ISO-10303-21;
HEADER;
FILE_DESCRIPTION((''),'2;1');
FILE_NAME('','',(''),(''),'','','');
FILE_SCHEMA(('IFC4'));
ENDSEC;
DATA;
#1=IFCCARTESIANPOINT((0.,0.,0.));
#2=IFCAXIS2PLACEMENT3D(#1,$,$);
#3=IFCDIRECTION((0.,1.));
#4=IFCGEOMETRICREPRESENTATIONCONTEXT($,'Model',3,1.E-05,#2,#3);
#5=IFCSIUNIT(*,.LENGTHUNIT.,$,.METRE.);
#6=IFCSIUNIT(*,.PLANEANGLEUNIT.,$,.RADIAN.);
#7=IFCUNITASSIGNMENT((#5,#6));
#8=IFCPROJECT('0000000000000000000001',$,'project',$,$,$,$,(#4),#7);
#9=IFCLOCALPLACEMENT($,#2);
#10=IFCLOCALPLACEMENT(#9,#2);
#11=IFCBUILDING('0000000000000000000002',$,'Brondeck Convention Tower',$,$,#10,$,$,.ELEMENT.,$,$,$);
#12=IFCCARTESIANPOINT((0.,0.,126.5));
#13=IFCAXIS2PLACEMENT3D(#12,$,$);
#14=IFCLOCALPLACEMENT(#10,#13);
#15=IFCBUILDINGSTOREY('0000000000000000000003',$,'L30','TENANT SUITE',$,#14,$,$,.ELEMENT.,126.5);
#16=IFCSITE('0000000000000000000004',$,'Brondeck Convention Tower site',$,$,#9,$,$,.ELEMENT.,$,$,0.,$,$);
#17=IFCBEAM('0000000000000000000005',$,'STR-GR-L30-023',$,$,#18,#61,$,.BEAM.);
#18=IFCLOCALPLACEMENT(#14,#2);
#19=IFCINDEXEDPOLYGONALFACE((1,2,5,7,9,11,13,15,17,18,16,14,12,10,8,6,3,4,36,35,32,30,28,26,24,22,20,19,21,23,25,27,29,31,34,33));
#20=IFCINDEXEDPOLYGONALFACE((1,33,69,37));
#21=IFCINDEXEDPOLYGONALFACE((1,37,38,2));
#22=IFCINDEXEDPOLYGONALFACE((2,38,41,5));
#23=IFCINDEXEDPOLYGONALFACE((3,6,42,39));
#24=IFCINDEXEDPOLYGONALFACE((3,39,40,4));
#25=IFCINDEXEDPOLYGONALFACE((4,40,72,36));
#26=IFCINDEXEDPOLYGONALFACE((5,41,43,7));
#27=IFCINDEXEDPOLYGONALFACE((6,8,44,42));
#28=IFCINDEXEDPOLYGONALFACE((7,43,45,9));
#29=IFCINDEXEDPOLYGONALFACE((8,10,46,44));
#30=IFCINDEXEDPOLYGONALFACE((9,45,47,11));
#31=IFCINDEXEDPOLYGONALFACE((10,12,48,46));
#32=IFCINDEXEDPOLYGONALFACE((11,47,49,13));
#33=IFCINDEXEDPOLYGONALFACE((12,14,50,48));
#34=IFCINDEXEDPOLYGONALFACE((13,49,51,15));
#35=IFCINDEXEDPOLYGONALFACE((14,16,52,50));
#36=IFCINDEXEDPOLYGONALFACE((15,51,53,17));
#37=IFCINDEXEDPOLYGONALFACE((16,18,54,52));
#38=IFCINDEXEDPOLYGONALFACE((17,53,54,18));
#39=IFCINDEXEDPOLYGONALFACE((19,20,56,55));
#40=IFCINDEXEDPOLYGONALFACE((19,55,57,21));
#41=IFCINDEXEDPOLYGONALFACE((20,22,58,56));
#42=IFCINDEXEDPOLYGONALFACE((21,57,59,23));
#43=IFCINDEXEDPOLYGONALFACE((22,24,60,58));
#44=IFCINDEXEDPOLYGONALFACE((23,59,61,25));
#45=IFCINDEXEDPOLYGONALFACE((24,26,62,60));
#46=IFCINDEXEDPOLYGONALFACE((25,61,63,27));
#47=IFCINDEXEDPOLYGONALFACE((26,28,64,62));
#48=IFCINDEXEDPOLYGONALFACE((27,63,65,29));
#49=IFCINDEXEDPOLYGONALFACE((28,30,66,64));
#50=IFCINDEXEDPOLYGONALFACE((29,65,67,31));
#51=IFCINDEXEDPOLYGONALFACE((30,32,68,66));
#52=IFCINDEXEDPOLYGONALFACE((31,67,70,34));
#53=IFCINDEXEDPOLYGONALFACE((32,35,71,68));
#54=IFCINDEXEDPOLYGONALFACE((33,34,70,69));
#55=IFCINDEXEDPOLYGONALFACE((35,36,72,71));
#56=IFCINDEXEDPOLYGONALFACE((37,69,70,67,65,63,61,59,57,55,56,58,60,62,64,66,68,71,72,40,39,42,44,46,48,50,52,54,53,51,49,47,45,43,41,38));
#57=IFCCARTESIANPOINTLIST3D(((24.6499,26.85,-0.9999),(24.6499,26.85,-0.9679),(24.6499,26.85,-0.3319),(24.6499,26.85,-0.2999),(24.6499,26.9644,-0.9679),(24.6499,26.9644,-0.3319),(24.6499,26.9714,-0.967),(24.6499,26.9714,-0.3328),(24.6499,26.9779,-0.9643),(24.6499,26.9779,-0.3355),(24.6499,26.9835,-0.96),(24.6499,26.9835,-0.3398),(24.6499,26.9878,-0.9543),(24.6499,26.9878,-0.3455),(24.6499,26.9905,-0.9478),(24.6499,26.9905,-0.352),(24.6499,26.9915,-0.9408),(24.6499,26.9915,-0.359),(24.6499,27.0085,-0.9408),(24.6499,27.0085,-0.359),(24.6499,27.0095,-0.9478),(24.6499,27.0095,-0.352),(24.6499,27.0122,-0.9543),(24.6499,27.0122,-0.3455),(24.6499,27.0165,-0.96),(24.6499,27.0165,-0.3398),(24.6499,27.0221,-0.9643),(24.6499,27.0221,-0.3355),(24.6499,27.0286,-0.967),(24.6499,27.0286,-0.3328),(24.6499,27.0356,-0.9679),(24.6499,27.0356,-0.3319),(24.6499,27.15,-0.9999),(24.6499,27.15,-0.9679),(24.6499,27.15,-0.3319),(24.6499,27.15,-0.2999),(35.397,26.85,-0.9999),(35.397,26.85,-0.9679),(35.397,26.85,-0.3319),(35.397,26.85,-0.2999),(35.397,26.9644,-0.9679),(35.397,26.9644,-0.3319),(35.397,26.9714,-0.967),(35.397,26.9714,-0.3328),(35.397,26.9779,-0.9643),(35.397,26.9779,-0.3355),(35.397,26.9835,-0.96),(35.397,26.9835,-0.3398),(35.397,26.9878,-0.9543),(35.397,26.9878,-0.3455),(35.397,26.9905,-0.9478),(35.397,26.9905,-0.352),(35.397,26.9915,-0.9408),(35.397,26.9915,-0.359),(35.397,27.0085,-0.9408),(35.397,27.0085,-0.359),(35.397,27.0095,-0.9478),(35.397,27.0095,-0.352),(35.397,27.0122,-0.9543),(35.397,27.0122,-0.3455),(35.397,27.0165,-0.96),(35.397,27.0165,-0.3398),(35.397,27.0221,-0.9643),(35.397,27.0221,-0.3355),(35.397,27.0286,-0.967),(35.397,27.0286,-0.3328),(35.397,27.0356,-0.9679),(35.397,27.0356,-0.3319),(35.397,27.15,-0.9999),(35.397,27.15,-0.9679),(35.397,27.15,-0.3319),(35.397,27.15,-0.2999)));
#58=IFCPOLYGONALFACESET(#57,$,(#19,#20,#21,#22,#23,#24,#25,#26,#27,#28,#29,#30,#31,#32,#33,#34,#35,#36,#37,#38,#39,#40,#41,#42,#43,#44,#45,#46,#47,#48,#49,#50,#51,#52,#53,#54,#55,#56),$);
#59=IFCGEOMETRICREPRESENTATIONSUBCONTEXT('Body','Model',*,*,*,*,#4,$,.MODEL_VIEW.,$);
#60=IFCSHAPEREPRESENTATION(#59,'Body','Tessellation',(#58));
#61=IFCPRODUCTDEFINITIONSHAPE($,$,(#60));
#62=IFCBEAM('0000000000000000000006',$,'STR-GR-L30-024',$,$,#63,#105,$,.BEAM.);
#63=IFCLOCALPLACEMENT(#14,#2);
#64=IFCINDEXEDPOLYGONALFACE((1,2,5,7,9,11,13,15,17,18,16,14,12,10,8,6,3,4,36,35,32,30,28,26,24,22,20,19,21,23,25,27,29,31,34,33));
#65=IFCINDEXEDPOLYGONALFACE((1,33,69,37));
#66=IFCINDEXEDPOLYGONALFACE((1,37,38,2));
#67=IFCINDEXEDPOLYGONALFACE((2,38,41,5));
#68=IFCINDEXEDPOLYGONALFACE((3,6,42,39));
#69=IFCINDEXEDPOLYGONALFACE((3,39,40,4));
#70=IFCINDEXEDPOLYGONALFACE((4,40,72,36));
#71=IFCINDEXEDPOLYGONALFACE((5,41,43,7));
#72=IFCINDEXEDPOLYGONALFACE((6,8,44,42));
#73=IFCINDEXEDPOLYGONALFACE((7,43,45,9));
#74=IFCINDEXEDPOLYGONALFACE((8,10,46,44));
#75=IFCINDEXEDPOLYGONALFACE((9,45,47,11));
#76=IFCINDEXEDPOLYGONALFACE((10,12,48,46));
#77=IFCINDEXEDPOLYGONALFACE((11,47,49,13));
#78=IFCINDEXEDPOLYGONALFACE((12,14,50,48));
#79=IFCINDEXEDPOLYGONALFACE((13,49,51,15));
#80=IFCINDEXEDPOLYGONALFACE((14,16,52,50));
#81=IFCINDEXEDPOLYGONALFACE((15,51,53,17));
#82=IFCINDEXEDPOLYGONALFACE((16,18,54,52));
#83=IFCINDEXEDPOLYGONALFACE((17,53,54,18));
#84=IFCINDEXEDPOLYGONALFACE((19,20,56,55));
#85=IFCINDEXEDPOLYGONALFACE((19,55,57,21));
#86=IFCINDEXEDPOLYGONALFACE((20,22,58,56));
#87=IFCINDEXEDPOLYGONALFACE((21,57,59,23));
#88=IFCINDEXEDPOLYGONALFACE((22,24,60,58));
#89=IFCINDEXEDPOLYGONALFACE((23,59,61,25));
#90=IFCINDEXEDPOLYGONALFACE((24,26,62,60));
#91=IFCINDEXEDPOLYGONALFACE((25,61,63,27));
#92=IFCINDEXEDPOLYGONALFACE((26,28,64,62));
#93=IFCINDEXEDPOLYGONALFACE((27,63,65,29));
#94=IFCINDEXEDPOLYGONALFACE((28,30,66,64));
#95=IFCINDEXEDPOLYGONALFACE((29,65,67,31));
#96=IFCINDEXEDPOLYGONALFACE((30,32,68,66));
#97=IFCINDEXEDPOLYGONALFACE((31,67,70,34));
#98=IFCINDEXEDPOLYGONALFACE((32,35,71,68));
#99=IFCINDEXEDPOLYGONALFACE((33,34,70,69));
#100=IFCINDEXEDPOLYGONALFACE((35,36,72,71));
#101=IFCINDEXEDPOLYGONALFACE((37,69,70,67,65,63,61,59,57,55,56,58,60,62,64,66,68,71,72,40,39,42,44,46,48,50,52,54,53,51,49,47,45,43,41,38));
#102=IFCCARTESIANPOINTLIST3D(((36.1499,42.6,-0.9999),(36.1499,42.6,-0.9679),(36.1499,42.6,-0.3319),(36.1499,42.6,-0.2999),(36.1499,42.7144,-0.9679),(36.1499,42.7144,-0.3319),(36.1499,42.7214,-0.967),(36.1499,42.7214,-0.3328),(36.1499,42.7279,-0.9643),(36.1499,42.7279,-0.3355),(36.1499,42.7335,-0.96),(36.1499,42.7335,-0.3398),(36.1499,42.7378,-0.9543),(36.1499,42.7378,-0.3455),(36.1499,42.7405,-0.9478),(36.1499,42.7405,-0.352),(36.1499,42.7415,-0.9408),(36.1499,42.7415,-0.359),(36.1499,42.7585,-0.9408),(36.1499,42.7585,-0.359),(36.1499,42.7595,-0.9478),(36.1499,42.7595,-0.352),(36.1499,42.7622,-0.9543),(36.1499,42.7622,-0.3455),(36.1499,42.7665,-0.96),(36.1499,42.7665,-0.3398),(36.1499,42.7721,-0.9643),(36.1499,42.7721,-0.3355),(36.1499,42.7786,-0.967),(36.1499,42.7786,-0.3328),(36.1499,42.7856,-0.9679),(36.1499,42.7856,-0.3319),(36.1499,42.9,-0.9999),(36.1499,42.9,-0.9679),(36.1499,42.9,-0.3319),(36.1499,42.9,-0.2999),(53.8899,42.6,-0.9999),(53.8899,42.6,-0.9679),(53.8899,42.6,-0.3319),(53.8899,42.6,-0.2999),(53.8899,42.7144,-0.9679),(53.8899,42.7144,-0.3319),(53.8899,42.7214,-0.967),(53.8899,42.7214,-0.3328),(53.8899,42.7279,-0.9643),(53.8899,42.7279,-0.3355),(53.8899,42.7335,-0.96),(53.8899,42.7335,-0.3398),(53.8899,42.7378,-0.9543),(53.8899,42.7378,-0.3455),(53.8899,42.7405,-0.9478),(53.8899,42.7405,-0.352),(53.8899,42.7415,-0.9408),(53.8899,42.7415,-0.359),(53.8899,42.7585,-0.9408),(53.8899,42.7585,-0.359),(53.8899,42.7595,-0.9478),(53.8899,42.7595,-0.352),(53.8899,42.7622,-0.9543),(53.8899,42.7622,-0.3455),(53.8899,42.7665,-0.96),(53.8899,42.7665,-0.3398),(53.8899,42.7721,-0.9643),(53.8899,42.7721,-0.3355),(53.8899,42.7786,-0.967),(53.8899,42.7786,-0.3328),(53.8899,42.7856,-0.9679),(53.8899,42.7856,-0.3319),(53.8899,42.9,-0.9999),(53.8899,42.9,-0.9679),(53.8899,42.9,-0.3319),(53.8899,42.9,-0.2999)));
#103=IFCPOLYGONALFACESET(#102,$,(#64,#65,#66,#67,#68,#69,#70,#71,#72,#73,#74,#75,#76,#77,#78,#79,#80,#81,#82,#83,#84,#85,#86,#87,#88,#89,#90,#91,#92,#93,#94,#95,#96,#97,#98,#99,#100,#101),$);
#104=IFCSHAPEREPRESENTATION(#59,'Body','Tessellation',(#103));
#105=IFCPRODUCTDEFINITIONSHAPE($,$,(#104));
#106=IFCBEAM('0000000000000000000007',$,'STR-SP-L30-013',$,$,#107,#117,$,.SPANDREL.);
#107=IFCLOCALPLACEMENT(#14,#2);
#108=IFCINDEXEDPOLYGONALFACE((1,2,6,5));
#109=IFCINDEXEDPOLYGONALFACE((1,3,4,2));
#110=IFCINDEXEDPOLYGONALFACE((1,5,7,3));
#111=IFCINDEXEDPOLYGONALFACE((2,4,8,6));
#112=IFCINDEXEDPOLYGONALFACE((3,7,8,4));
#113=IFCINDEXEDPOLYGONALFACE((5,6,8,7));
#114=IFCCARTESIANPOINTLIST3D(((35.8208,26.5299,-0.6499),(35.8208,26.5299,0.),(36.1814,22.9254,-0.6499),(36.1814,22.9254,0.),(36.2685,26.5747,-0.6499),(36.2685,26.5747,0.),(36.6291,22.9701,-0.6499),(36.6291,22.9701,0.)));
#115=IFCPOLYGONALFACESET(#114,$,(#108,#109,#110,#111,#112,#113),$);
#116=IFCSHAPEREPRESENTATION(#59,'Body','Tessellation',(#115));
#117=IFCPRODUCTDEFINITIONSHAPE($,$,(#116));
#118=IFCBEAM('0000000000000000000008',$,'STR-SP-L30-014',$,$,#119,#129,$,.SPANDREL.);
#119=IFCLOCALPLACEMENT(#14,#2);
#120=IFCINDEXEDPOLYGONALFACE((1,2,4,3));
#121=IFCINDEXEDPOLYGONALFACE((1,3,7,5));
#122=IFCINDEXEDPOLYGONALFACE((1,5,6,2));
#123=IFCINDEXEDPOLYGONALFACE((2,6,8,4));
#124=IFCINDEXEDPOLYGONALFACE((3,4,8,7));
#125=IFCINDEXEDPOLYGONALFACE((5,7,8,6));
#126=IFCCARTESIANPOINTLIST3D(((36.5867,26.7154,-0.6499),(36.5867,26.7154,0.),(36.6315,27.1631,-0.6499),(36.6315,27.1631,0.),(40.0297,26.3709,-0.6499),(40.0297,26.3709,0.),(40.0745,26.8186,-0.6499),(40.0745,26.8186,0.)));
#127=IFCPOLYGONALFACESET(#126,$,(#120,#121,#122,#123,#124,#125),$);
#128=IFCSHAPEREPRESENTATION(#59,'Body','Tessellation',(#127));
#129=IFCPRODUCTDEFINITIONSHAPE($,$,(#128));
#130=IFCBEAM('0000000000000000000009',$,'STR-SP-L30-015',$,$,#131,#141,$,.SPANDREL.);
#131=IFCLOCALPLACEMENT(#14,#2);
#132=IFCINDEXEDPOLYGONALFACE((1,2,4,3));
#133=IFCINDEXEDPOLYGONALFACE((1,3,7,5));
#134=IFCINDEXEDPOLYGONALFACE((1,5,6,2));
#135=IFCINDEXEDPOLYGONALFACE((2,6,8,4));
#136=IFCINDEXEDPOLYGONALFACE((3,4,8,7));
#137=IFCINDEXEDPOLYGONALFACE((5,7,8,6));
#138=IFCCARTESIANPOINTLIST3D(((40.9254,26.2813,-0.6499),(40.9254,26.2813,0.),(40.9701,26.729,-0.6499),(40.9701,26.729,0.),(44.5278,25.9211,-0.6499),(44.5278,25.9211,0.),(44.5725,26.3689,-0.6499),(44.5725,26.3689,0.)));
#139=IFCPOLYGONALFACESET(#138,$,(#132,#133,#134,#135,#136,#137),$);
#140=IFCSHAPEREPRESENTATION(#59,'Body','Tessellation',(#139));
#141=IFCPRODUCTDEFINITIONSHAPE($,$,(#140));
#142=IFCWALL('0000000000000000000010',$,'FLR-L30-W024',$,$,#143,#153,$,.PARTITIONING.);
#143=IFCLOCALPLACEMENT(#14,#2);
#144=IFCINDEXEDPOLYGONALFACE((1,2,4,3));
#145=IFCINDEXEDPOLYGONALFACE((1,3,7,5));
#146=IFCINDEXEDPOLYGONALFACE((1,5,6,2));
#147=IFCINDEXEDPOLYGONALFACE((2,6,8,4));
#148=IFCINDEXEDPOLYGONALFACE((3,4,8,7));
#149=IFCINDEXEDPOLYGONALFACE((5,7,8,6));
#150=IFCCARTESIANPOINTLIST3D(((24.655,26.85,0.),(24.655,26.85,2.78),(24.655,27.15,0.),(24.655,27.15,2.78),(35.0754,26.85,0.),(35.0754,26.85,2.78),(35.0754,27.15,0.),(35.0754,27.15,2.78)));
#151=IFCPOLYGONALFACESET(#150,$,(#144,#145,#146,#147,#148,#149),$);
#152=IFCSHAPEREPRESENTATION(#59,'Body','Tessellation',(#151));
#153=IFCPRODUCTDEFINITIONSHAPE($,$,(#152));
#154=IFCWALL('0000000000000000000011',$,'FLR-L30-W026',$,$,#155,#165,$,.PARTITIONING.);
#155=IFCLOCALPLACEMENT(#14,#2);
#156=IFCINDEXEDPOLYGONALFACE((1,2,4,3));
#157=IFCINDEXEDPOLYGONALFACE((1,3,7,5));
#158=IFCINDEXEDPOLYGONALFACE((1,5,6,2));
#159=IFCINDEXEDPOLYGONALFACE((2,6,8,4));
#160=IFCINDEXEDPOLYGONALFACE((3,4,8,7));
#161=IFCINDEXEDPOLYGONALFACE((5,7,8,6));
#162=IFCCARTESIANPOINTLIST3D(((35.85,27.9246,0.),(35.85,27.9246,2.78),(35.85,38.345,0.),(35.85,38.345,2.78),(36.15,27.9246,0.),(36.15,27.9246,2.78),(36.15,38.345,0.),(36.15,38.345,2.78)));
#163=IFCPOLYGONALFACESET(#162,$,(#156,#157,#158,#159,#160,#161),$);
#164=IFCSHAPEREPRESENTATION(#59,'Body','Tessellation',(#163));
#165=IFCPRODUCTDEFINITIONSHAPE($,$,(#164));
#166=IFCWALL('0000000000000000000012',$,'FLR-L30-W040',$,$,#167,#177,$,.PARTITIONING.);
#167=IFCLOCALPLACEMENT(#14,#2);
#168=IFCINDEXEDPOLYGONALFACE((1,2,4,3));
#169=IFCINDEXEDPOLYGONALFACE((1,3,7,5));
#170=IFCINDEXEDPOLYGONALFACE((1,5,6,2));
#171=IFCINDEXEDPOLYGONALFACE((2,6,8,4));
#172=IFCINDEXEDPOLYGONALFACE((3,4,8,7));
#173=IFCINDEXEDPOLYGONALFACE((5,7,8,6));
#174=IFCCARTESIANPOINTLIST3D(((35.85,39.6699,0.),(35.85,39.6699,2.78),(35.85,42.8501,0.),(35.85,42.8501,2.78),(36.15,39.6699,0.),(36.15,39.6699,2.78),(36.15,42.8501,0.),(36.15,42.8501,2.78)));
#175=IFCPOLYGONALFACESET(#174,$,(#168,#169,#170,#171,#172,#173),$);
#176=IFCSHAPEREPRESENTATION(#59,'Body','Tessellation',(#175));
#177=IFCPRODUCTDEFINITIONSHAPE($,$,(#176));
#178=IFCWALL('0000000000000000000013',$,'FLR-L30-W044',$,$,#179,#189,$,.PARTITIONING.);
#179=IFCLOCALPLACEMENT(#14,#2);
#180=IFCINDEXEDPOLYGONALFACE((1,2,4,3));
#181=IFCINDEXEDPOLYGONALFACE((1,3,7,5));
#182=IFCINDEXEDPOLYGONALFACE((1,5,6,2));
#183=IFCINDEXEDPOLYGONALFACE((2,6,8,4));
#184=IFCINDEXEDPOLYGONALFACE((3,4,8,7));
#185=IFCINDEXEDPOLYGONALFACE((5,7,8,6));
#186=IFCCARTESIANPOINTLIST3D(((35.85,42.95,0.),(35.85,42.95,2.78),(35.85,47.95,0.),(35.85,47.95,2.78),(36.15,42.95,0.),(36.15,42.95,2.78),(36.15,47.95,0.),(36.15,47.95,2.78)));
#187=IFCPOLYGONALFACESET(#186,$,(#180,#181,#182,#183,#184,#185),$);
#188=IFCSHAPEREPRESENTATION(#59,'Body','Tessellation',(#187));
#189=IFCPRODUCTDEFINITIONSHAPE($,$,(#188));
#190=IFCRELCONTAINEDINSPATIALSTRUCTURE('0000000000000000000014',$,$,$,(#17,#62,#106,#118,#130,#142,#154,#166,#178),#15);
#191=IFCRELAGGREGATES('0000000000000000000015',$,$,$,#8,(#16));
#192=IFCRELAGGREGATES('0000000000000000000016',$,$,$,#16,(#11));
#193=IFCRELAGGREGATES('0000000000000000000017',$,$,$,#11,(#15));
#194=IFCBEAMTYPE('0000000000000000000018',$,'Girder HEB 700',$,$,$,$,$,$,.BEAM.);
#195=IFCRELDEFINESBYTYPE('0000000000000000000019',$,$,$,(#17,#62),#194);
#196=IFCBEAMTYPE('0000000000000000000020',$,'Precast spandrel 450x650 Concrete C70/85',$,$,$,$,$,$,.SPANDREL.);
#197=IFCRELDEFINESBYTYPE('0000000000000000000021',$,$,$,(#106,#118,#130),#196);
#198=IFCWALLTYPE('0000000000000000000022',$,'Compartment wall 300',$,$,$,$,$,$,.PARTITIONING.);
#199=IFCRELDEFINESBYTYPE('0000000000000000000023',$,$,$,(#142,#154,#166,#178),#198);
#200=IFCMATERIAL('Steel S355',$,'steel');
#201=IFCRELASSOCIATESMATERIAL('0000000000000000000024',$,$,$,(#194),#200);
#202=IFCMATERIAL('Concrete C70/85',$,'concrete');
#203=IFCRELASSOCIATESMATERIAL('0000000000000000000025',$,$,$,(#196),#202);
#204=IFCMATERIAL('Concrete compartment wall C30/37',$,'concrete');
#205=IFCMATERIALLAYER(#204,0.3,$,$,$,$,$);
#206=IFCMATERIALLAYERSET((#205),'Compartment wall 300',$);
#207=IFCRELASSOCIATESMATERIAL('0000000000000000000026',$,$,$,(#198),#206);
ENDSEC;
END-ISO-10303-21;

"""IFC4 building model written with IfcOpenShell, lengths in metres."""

from ifc_helpers import new_model, si_unit, direction, frame, frame_2d, origin, origin_2d, place, context, subcontext, project, spatial, rectangle, i_section, extrude, material, layer, layer_set, material_profile, profile_set, type_object, element, save


model = new_model("IFC4")

# Units and contexts
model_context = context("Model", 3, precision=1e-05, world=origin(), true_north=direction((0.0, 1.0)))
body_context = subcontext(model_context, "Body", "Model", "MODEL_VIEW")
ifc_project = project(units=[si_unit("LENGTHUNIT", "METRE"), si_unit("PLANEANGLEUNIT", "RADIAN")], contexts=[model_context])

# Site, building, storey
site_placement = place(None, origin())
site = spatial("IfcSite", under=ifc_project, at=site_placement, Name="Brondeck Convention Tower site", CompositionType="ELEMENT", RefElevation=0.0)
building_placement = place(site_placement, origin())
building = spatial("IfcBuilding", under=site, at=building_placement, Name="Brondeck Convention Tower", CompositionType="ELEMENT")
storey_placement = place(building_placement, frame((0.0, 0.0, 126.5)))
storey = spatial("IfcBuildingStorey", under=building, at=storey_placement, Name="L30", Description="TENANT SUITE", CompositionType="ELEMENT", Elevation=126.5)

# Shared definitions
ifc_material_1 = material(Name="Concrete C70/85", Category="concrete")

# Beams
ifc_material_2 = material(Name="Steel S355", Category="steel")
ifc_material_profile_1 = material_profile(ifc_material_2, i_section(OverallWidth=0.3, OverallDepth=0.7, WebThickness=0.0171, FlangeThickness=0.032, FilletRadius=0.0271, at=origin_2d()), Name="HEB 700")
ifc_profile_set_1 = profile_set([ifc_material_profile_1], Name="Steel S355")
beam_type_1 = type_object("IfcBeamType", Name="Girder HEB 700", PredefinedType="BEAM", material=ifc_profile_set_1)
beam_1_placement = place(storey_placement, frame((24.6499, 27.0, -0.6499), z_axis=(1.0, 0.0, 0.0), x_axis=(0.0, 1.0, 0.0)))
element("IfcBeam", 1, at=beam_1_placement, inside=storey, type_object=beam_type_1, Name="STR-GR-L30-023", PredefinedType="BEAM", context=body_context, shape_type="SweptSolid", body=[
    extrude(i_section(OverallWidth=0.3, OverallDepth=0.7, WebThickness=0.0171, FlangeThickness=0.032, FilletRadius=0.0271, at=origin_2d()), origin(), (0.0, 0.0, 1.0), 10.7471),
])
beam_2_placement = place(storey_placement, frame((36.1499, 42.75, -0.6499), z_axis=(1.0, 0.0, 0.0), x_axis=(0.0, 1.0, 0.0)))
element("IfcBeam", 2, at=beam_2_placement, inside=storey, type_object=beam_type_1, Name="STR-GR-L30-024", PredefinedType="BEAM", context=body_context, shape_type="SweptSolid", body=[
    extrude(i_section(OverallWidth=0.3, OverallDepth=0.7, WebThickness=0.0171, FlangeThickness=0.032, FilletRadius=0.0271, at=origin_2d()), origin(), (0.0, 0.0, 1.0), 17.74),
])
ifc_material_profile_2 = material_profile(ifc_material_1, rectangle(XDim=0.45, YDim=0.6499, at=origin_2d()), Name="Precast spandrel 450x650 Concrete C70/85")
ifc_profile_set_2 = profile_set([ifc_material_profile_2], Name="Concrete C70/85")
beam_type_2 = type_object("IfcBeamType", Name="Precast spandrel 450x650 Concrete C70/85", PredefinedType="SPANDREL", material=ifc_profile_set_2)
beam_3_placement = place(storey_placement, frame((36.4053, 22.9478, -0.325), z_axis=(-0.099544, 0.995033, 0.0), x_axis=(-0.995033, -0.099544, 0.0)))
element("IfcBeam", 3, at=beam_3_placement, inside=storey, type_object=beam_type_2, Name="STR-SP-L30-013", PredefinedType="SPANDREL", context=body_context, shape_type="SweptSolid", body=[
    extrude(rectangle(XDim=0.45, YDim=0.6499, at=origin_2d()), origin(), (0.0, 0.0, 1.0), 3.6226),
])
beam_4_placement = place(storey_placement, frame((36.6091, 26.9392, -0.325), z_axis=(0.995032, -0.099553, 0.0), x_axis=(0.099553, 0.995032, 0.0)))
element("IfcBeam", 4, at=beam_4_placement, inside=storey, type_object=beam_type_2, Name="STR-SP-L30-014", PredefinedType="SPANDREL", context=body_context, shape_type="SweptSolid", body=[
    extrude(rectangle(XDim=0.45, YDim=0.6499, at=origin_2d()), origin(), (0.0, 0.0, 1.0), 3.4602),
])
beam_5_placement = place(storey_placement, frame((40.9478, 26.5051, -0.325), z_axis=(0.995041, -0.09947, 0.0), x_axis=(0.09947, 0.995041, 0.0)))
element("IfcBeam", 5, at=beam_5_placement, inside=storey, type_object=beam_type_2, Name="STR-SP-L30-015", PredefinedType="SPANDREL", context=body_context, shape_type="SweptSolid", body=[
    extrude(rectangle(XDim=0.45, YDim=0.6499, at=origin_2d()), origin(), (0.0, 0.0, 1.0), 3.6204),
])

# Walls
ifc_material_3 = material(Name="Concrete compartment wall C30/37", Category="concrete")
ifc_layer_1 = layer(ifc_material_3, 0.3)
ifc_layer_set_1 = layer_set([ifc_layer_1], Name="Compartment wall 300")
wall_type_1 = type_object("IfcWallType", Name="Compartment wall 300", PredefinedType="PARTITIONING", material=ifc_layer_set_1)
for number, where, z_axis, x_axis, name in (
    (6, (24.655, 27.0, 0.0), (0.0, 0.0, 1.0), (1.0, 0.0, 0.0), "FLR-L30-W024"),
    (7, (36.0, 27.9246, 0.0), (0.0, 0.0, 1.0), (0.0, 1.0, 0.0), "FLR-L30-W026"),
):
    element("IfcWall", number, at=place(storey_placement, frame(where, z_axis=z_axis, x_axis=x_axis)), inside=storey, type_object=wall_type_1, Name=name, PredefinedType="PARTITIONING", context=body_context, shape_type="SweptSolid", body=[
        extrude(rectangle(XDim=10.4204, YDim=0.3, at=frame_2d((5.2102, 0.0))), origin(), (0.0, 0.0, 1.0), 2.78),
    ])
wall_1_placement = place(storey_placement, frame((36.0, 39.6699, 0.0), z_axis=(0.0, 0.0, 1.0), x_axis=(0.0, 1.0, 0.0)))
element("IfcWall", 8, at=wall_1_placement, inside=storey, type_object=wall_type_1, Name="FLR-L30-W040", PredefinedType="PARTITIONING", context=body_context, shape_type="SweptSolid", body=[
    extrude(rectangle(XDim=3.1802, YDim=0.3, at=frame_2d((1.5901, 0.0))), origin(), (0.0, 0.0, 1.0), 2.78),
])
wall_2_placement = place(storey_placement, frame((36.0, 42.95, 0.0), z_axis=(0.0, 0.0, 1.0), x_axis=(0.0, 1.0, 0.0)))
element("IfcWall", 9, at=wall_2_placement, inside=storey, type_object=wall_type_1, Name="FLR-L30-W044", PredefinedType="PARTITIONING", context=body_context, shape_type="SweptSolid", body=[
    extrude(rectangle(XDim=5.0, YDim=0.3, at=frame_2d((2.5, 0.0))), origin(), (0.0, 0.0, 1.0), 2.78),
])

save(model, "model.ifc")
